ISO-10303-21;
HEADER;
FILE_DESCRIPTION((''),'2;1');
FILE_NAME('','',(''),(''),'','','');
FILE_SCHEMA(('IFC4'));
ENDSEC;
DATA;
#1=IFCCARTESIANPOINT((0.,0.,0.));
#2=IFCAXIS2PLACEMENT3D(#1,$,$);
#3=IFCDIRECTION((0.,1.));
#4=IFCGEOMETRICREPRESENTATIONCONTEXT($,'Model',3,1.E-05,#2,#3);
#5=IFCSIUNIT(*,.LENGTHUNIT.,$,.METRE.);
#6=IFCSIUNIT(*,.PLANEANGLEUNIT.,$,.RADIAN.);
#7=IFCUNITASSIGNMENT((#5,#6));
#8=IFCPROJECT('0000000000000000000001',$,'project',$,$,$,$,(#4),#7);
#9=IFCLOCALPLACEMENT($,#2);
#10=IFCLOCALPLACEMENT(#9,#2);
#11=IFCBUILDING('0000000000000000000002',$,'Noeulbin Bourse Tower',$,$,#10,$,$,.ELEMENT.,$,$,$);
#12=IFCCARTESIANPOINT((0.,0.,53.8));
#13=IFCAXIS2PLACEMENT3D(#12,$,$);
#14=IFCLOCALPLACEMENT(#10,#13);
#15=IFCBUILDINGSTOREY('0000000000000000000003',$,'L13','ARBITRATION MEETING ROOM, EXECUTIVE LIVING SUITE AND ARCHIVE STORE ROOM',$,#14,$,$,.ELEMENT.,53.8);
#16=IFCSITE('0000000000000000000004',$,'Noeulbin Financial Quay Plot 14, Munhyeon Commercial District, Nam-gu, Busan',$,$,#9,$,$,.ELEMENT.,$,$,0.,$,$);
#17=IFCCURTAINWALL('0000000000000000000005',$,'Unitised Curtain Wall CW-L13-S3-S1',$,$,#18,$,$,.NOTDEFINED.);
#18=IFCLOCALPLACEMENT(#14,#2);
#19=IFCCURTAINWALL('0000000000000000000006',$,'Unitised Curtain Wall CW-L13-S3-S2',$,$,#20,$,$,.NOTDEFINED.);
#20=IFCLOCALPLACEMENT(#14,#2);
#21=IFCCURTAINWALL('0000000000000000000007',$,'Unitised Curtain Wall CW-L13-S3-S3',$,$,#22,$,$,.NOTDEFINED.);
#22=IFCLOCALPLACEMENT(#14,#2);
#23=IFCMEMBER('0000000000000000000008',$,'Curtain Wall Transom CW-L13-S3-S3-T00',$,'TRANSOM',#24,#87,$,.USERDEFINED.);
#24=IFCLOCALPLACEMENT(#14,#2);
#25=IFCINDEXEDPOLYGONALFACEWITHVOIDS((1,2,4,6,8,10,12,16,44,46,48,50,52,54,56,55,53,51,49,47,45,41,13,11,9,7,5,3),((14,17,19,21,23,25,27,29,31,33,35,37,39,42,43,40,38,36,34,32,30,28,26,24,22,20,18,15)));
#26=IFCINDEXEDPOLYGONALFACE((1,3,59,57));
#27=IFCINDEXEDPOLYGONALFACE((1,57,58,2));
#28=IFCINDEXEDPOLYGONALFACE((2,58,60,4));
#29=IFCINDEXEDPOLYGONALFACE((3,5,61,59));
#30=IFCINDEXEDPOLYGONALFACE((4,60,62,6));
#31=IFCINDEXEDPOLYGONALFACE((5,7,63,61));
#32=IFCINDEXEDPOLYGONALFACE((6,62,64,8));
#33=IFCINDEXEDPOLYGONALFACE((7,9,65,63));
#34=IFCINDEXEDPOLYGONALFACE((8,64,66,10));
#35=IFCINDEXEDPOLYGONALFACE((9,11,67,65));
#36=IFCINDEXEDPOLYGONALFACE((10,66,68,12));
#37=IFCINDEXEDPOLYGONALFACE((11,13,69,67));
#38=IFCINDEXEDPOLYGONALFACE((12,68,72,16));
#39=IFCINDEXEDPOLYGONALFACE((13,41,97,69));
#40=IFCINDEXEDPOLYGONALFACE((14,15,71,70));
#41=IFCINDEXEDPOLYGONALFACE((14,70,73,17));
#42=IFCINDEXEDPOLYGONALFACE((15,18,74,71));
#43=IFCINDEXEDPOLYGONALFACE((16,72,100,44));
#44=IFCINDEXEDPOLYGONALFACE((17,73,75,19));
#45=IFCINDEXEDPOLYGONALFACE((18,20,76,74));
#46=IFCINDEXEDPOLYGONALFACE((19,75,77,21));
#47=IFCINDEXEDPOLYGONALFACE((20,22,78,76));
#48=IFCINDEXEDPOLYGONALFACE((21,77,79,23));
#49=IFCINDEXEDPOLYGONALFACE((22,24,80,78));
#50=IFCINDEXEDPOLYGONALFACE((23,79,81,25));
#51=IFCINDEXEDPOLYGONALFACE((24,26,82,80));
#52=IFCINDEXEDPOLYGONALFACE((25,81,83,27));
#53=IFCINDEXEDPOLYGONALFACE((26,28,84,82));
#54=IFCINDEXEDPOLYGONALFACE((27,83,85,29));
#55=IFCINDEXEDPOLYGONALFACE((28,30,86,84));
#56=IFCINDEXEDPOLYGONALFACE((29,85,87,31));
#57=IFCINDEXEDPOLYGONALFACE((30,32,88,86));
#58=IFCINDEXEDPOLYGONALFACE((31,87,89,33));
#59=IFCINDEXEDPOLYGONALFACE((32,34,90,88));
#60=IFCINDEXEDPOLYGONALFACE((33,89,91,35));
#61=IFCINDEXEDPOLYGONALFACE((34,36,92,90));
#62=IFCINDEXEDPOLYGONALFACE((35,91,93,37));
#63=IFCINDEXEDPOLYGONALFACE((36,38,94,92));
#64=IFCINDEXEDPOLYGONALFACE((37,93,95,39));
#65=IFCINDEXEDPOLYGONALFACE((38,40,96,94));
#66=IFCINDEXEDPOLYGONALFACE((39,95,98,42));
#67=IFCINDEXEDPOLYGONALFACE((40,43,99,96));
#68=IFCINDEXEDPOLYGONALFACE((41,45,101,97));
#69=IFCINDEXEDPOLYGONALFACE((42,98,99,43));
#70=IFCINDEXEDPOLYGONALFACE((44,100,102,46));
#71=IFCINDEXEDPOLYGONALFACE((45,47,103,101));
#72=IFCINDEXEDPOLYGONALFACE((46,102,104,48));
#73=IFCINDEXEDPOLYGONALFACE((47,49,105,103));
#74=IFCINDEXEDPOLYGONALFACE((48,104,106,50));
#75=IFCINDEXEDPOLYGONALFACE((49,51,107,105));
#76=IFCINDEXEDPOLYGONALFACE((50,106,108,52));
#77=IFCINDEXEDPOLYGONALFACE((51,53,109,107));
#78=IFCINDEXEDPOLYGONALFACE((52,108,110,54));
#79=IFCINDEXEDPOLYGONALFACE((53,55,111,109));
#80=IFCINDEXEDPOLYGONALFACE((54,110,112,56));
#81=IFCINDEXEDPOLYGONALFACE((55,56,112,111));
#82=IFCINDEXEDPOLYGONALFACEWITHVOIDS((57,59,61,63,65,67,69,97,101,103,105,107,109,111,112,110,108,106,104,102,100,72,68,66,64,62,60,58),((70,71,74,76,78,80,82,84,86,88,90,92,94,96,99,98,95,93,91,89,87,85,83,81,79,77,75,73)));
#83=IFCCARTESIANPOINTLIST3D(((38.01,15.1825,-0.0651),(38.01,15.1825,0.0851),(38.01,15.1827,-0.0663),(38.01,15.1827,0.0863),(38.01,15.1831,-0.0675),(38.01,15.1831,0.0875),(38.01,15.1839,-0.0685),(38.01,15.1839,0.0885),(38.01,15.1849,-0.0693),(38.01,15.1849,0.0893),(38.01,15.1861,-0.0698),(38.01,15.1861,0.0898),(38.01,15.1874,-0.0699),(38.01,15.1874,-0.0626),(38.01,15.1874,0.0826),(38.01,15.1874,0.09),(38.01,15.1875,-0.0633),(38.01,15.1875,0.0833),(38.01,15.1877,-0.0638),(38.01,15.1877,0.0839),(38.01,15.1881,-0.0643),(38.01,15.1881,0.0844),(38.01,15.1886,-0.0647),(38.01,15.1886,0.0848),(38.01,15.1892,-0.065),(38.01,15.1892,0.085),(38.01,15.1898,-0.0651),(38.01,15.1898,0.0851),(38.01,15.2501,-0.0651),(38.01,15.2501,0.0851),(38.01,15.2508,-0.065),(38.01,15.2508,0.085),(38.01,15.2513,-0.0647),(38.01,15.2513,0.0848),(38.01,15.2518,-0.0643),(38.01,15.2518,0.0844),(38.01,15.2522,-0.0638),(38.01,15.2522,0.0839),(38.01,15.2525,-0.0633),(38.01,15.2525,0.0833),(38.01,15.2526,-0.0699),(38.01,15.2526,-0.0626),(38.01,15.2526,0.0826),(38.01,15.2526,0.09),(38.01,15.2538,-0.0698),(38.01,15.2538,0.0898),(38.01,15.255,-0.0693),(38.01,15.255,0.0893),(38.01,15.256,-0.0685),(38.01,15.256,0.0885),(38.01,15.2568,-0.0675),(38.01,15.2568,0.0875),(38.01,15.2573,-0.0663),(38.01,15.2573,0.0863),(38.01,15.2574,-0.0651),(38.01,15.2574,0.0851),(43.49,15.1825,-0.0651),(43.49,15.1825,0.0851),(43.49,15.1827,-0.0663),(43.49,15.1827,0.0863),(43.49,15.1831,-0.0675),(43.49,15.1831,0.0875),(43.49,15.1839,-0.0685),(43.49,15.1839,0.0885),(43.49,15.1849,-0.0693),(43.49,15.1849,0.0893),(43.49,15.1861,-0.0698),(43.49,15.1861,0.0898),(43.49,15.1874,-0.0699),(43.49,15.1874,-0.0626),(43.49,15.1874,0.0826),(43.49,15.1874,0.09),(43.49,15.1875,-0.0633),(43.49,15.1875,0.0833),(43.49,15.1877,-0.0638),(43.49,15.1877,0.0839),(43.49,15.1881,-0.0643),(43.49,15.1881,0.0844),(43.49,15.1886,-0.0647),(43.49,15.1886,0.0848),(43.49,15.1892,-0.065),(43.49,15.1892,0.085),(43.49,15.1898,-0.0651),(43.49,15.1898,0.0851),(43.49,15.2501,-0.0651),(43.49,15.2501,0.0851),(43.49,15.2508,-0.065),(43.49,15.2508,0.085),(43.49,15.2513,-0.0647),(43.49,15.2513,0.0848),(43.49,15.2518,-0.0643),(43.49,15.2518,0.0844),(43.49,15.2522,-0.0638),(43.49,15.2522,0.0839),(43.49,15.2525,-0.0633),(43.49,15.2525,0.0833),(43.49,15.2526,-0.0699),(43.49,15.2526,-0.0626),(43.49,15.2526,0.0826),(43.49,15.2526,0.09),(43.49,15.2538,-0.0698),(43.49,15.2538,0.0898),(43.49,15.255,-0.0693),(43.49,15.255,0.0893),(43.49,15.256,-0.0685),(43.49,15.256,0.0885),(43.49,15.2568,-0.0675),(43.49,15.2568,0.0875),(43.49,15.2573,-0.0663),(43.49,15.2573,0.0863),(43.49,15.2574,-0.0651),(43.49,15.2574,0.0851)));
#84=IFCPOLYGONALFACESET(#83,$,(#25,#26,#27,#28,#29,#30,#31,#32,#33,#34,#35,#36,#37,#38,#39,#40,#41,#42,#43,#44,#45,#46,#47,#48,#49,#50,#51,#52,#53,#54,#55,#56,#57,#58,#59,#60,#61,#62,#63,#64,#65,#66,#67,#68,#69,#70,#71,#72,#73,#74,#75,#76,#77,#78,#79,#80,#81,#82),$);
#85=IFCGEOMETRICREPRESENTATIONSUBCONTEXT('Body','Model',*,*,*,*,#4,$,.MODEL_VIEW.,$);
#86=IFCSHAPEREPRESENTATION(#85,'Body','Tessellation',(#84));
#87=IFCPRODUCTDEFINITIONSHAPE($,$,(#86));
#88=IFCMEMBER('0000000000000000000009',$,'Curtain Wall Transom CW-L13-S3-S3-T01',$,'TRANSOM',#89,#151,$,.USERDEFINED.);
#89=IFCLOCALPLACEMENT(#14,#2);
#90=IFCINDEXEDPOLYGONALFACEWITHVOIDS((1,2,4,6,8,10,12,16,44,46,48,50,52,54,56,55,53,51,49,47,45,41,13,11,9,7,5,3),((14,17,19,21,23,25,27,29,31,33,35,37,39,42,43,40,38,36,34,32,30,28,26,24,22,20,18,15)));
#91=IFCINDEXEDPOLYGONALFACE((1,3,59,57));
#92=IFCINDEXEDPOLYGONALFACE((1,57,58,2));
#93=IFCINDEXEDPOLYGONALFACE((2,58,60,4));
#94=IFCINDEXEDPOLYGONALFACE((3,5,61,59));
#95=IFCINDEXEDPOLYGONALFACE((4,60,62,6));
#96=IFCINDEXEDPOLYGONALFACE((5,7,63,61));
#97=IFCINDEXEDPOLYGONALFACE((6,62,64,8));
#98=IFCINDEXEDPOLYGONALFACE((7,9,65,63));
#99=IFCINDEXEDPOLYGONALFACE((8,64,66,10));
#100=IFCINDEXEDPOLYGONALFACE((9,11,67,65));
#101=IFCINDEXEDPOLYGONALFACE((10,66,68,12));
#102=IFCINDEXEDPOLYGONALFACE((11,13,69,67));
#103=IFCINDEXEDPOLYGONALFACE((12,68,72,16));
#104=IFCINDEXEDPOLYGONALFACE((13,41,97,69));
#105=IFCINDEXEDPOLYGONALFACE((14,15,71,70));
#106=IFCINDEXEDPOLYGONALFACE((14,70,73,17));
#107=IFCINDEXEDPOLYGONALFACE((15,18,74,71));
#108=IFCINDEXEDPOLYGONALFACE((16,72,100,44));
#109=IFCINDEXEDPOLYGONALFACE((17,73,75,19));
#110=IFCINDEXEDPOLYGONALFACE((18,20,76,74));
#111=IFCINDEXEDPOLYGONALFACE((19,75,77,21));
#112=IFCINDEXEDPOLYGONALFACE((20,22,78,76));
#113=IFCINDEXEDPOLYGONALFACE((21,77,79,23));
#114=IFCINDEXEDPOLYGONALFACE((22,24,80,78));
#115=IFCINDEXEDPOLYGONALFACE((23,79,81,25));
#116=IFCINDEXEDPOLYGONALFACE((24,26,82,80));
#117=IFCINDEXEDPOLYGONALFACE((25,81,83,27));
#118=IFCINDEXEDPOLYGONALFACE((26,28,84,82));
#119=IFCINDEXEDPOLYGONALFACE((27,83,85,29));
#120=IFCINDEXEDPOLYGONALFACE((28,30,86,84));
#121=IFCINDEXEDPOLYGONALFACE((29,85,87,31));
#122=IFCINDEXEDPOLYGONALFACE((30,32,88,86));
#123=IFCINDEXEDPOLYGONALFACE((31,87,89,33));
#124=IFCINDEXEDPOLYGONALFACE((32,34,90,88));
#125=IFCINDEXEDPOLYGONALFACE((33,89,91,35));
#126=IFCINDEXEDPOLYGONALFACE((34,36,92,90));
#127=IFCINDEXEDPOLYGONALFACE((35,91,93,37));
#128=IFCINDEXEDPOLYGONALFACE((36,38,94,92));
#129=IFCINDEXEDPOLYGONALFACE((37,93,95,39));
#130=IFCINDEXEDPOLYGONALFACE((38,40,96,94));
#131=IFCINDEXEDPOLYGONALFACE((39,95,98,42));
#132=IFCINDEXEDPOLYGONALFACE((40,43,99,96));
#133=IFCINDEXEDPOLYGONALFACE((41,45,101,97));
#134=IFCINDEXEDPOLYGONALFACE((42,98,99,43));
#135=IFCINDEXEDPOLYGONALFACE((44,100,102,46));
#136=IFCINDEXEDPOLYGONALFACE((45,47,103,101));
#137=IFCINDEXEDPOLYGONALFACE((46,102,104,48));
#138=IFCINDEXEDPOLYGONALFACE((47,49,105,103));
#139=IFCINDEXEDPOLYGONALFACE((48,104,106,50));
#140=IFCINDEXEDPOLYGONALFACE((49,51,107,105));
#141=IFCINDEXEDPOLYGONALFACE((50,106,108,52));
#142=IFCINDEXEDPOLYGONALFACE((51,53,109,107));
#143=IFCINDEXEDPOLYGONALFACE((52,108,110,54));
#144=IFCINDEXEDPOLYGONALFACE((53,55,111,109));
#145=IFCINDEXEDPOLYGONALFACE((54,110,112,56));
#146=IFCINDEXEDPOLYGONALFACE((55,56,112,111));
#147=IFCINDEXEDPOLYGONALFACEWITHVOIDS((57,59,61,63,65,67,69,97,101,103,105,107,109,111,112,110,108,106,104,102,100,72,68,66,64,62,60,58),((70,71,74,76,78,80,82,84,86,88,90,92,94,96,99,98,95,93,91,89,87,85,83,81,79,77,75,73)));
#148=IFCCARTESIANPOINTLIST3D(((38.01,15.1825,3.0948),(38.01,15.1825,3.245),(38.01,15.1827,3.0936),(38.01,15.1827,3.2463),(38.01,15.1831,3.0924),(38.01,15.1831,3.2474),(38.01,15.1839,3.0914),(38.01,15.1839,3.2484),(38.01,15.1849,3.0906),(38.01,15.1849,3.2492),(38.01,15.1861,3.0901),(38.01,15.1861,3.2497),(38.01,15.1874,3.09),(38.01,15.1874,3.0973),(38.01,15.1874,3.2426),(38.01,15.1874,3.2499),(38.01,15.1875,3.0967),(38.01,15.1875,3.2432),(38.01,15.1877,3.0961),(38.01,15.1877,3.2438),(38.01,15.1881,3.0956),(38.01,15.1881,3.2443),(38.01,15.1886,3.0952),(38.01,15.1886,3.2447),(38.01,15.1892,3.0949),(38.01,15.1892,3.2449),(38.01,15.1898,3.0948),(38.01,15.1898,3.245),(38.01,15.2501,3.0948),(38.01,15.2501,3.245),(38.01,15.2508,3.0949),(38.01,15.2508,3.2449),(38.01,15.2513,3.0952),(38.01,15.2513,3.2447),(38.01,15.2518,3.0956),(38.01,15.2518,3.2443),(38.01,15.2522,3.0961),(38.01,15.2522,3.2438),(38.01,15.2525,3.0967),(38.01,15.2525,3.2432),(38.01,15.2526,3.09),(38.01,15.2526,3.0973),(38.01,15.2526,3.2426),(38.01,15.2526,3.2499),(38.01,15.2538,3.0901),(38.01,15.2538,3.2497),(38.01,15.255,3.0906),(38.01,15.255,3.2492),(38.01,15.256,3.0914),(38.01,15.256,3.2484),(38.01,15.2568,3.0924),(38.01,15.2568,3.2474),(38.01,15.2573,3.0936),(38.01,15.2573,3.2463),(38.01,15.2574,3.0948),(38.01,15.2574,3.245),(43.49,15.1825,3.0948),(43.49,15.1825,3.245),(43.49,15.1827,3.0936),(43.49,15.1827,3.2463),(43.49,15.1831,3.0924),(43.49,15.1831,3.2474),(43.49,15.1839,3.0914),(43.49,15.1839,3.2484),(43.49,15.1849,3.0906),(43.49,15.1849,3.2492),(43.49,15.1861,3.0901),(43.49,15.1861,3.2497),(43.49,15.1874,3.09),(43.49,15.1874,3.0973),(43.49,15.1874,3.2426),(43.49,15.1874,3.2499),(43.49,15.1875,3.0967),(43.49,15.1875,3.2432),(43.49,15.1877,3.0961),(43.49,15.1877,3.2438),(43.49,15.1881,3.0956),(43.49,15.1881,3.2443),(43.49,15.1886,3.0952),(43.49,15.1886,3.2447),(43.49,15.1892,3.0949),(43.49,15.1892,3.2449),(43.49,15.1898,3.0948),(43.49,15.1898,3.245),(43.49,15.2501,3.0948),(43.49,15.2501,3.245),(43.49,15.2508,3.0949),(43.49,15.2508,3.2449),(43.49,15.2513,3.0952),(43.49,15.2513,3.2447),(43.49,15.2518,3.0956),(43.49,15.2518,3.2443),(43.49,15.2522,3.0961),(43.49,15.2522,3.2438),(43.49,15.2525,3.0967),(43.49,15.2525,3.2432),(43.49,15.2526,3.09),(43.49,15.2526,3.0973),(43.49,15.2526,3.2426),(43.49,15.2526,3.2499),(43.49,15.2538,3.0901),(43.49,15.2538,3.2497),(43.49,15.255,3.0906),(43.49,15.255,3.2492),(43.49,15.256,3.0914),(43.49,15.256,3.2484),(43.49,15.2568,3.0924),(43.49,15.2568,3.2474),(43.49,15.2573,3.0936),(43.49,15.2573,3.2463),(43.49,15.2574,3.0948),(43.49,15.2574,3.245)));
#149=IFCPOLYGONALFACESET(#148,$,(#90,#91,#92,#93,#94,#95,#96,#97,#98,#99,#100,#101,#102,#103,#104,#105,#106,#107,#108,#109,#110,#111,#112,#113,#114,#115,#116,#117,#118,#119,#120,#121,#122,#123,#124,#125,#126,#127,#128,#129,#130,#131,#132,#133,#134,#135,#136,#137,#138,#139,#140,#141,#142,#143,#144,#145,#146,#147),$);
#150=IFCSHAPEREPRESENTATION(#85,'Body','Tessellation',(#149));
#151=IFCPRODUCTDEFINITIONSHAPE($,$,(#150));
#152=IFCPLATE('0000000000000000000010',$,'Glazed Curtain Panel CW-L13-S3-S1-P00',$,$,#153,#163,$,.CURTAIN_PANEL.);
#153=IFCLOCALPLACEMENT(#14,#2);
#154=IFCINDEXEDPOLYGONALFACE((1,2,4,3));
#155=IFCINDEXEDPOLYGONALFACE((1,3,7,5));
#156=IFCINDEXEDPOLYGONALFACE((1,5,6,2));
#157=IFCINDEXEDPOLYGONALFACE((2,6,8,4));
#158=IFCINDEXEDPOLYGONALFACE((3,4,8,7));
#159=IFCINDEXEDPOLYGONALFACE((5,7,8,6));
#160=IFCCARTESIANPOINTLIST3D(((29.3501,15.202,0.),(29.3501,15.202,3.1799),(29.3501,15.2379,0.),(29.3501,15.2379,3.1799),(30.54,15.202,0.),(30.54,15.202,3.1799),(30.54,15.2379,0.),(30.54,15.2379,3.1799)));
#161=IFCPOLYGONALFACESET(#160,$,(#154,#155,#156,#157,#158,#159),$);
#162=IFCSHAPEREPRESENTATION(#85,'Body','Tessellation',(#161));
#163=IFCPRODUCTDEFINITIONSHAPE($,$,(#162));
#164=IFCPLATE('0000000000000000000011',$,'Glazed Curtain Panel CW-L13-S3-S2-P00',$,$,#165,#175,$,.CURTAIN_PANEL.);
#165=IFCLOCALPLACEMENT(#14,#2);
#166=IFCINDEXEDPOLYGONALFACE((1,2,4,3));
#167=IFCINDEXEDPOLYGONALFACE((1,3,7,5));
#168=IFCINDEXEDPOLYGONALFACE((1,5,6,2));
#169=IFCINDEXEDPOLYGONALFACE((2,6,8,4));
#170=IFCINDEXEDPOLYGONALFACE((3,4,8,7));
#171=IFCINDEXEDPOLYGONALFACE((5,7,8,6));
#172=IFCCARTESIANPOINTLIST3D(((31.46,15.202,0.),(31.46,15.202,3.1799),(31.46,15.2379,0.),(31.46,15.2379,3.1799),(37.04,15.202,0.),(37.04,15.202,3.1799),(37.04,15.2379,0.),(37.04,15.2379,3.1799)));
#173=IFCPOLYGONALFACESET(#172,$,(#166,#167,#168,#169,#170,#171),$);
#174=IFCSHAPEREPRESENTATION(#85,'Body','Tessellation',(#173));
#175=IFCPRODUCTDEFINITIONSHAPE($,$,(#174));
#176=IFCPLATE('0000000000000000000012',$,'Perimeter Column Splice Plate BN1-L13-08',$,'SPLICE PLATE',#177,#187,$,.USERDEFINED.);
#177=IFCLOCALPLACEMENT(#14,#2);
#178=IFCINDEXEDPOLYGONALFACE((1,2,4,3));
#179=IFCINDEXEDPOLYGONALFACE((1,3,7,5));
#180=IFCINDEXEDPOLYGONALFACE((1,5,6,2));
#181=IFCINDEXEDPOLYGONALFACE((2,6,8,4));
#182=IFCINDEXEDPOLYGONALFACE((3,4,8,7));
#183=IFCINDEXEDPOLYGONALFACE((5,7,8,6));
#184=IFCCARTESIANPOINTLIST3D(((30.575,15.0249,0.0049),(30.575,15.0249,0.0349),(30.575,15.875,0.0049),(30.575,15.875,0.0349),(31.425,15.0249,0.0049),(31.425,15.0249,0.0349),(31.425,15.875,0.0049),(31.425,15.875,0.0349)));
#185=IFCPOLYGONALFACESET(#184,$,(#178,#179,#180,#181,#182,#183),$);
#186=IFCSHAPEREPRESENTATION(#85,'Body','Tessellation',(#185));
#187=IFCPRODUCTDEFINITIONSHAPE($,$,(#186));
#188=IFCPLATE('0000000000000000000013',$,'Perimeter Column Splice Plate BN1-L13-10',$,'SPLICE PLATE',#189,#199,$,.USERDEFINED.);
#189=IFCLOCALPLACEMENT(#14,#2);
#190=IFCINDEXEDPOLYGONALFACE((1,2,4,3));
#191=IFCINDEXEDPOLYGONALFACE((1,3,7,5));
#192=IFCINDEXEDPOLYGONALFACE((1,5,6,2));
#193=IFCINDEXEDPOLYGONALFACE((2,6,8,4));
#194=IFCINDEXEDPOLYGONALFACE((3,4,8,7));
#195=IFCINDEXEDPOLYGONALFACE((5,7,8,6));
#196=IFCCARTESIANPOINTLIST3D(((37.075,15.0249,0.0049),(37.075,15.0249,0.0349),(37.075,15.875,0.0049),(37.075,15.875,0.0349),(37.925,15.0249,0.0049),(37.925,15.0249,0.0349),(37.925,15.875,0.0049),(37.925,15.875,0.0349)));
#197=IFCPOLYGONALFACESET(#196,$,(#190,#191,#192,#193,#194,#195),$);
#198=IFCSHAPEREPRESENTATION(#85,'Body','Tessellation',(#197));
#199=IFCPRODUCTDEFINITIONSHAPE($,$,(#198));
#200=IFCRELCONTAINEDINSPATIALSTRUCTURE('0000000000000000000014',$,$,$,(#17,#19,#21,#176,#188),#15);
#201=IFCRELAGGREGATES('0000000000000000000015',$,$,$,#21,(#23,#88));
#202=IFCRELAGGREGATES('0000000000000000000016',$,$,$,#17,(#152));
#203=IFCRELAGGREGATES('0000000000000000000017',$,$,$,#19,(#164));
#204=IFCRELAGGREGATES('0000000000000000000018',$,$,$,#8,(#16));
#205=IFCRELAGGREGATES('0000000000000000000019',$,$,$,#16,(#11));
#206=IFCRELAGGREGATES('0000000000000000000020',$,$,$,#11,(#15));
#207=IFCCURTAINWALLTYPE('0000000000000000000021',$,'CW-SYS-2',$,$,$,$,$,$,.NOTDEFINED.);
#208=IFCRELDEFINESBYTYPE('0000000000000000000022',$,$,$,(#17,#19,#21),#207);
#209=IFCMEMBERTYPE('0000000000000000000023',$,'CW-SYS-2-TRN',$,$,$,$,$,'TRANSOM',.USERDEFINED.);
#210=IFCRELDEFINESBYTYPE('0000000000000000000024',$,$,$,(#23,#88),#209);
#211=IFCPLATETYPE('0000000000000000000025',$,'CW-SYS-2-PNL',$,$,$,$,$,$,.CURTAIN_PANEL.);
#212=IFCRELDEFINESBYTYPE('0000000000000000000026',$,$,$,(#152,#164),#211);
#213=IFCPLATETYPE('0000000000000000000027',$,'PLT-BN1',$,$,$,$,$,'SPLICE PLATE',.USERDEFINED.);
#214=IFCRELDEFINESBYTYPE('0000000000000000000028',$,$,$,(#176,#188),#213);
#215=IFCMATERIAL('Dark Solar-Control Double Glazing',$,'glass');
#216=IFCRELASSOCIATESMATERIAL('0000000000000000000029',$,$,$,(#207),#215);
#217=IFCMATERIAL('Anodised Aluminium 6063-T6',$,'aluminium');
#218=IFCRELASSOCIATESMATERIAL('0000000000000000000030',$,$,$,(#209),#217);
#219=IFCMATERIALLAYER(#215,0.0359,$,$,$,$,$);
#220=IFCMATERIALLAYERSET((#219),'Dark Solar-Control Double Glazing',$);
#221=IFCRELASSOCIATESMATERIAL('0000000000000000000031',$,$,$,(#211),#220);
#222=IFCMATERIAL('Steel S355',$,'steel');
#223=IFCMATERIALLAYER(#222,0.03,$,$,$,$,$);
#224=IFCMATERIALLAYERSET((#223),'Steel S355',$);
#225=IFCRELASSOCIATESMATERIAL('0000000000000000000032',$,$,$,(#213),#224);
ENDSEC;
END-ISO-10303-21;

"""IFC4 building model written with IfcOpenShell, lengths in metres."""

from ifc_helpers import new_model, si_unit, direction, frame, origin, origin_2d, place, context, subcontext, project, spatial, rectangle, hollow_rectangle, extrude, material, layer, layer_set, material_profile, profile_set, type_object, element, aggregate, save


model = new_model("IFC4")

# Units and contexts
model_context = context("Model", 3, precision=1e-05, world=origin(), true_north=direction((0.0, 1.0)))
body_context = subcontext(model_context, "Body", "Model", "MODEL_VIEW")
ifc_project = project(units=[si_unit("LENGTHUNIT", "METRE"), si_unit("PLANEANGLEUNIT", "RADIAN")], contexts=[model_context])

# Site, building, storey
site_placement = place(None, origin())
site = spatial("IfcSite", under=ifc_project, at=site_placement, Name="Noeulbin Financial Quay Plot 14, Munhyeon Commercial District, Nam-gu, Busan", CompositionType="ELEMENT", RefElevation=0.0)
building_placement = place(site_placement, origin())
building = spatial("IfcBuilding", under=site, at=building_placement, Name="Noeulbin Bourse Tower", CompositionType="ELEMENT")
storey_placement = place(building_placement, frame((0.0, 0.0, 53.8)))
storey = spatial("IfcBuildingStorey", under=building, at=storey_placement, Name="L13", Description="ARBITRATION MEETING ROOM, EXECUTIVE LIVING SUITE AND ARCHIVE STORE ROOM", CompositionType="ELEMENT", Elevation=53.8)

# Shared definitions
ifc_material_1 = material(Name="Steel S355", Category="steel")

# Curtain walls
ifc_material_2 = material(Name="Dark Solar-Control Double Glazing", Category="glass")
curtain_wall_type = type_object("IfcCurtainWallType", Name="CW-SYS-2", PredefinedType="NOTDEFINED", material=ifc_material_2)
curtain_wall_1_placement = place(storey_placement, origin())
curtain_wall_1 = element("IfcCurtainWall", 1, at=curtain_wall_1_placement, inside=storey, type_object=curtain_wall_type, Name="Unitised Curtain Wall CW-L13-S3-S1", PredefinedType="NOTDEFINED")
ifc_material_3 = material(Name="Anodised Aluminium 6063-T6", Category="aluminium")
curtain_wall_2_placement = place(storey_placement, origin())
curtain_wall_2 = element("IfcCurtainWall", 2, at=curtain_wall_2_placement, inside=storey, type_object=curtain_wall_type, Name="Unitised Curtain Wall CW-L13-S3-S2", PredefinedType="NOTDEFINED")

# Curtain wall
curtain_wall_3_placement = place(storey_placement, origin())
curtain_wall_3 = element("IfcCurtainWall", 3, at=curtain_wall_3_placement, inside=storey, type_object=curtain_wall_type, Name="Unitised Curtain Wall CW-L13-S3-S3", PredefinedType="NOTDEFINED")

# Members
ifc_material_profile_1 = material_profile(ifc_material_3, hollow_rectangle(XDim=0.075, YDim=0.1599, WallThickness=0.0049, InnerFilletRadius=0.0024, OuterFilletRadius=0.0049, at=origin_2d()), Name="ALU-TRAN-75x160x5", Category="LoadBearing")
ifc_profile_set_1 = profile_set([ifc_material_profile_1], Name="Anodised Aluminium 6063-T6")
member_type_1 = type_object("IfcMemberType", Name="CW-SYS-2-TRN", ElementType="TRANSOM", PredefinedType="USERDEFINED", material=ifc_profile_set_1)
member_1_placement = place(storey_placement, frame((38.01, 15.22, 0.01), z_axis=(1.0, 0.0, 0.0), x_axis=(0.0, 1.0, 0.0)))
member_1 = element("IfcMember", 4, at=member_1_placement, type_object=member_type_1, Name="Curtain Wall Transom CW-L13-S3-S3-T00", ObjectType="TRANSOM", PredefinedType="USERDEFINED", context=body_context, shape_type="SweptSolid", body=[
    extrude(hollow_rectangle(XDim=0.075, YDim=0.1599, WallThickness=0.0049, InnerFilletRadius=0.0024, OuterFilletRadius=0.0049, at=origin_2d()), origin(), (0.0, 0.0, 1.0), 5.48),
])
member_2_placement = place(storey_placement, frame((38.01, 15.22, 3.1699), z_axis=(1.0, 0.0, 0.0), x_axis=(0.0, 1.0, 0.0)))
member_2 = element("IfcMember", 5, at=member_2_placement, type_object=member_type_1, Name="Curtain Wall Transom CW-L13-S3-S3-T01", ObjectType="TRANSOM", PredefinedType="USERDEFINED", context=body_context, shape_type="SweptSolid", body=[
    extrude(hollow_rectangle(XDim=0.075, YDim=0.1599, WallThickness=0.0049, InnerFilletRadius=0.0024, OuterFilletRadius=0.0049, at=origin_2d()), origin(), (0.0, 0.0, 1.0), 5.48),
])
aggregate(curtain_wall_3, [member_1, member_2])

# Plates
ifc_layer_1 = layer(ifc_material_2, 0.0359)
ifc_layer_set_1 = layer_set([ifc_layer_1], Name="Dark Solar-Control Double Glazing")
plate_type_1 = type_object("IfcPlateType", Name="CW-SYS-2-PNL", PredefinedType="CURTAIN_PANEL", material=ifc_layer_set_1)
plate_1_placement = place(storey_placement, frame((29.9451, 15.22, 0.0), z_axis=(0.0, 0.0, 1.0), x_axis=(1.0, 0.0, 0.0)))
plate_1 = element("IfcPlate", 6, at=plate_1_placement, type_object=plate_type_1, Name="Glazed Curtain Panel CW-L13-S3-S1-P00", PredefinedType="CURTAIN_PANEL", context=body_context, shape_type="SweptSolid", body=[
    extrude(rectangle(XDim=1.1899, YDim=0.0359, at=origin_2d()), origin(), (0.0, 0.0, 1.0), 3.1799),
])
aggregate(curtain_wall_1, [plate_1])
plate_2_placement = place(storey_placement, frame((34.25, 15.22, 0.0), z_axis=(0.0, 0.0, 1.0), x_axis=(1.0, 0.0, 0.0)))
plate_2 = element("IfcPlate", 7, at=plate_2_placement, type_object=plate_type_1, Name="Glazed Curtain Panel CW-L13-S3-S2-P00", PredefinedType="CURTAIN_PANEL", context=body_context, shape_type="SweptSolid", body=[
    extrude(rectangle(XDim=5.5801, YDim=0.0359, at=origin_2d()), origin(), (0.0, 0.0, 1.0), 3.1799),
])
aggregate(curtain_wall_2, [plate_2])

# Plates
ifc_layer_2 = layer(ifc_material_1, 0.03)
ifc_layer_set_2 = layer_set([ifc_layer_2], Name="Steel S355")
plate_type_2 = type_object("IfcPlateType", Name="PLT-BN1", ElementType="SPLICE PLATE", PredefinedType="USERDEFINED", material=ifc_layer_set_2)
for number, where, z_axis, x_axis, name in (
    (8, (31.0, 15.45, 0.0049), (0.0, 0.0, 1.0), (1.0, 0.0, 0.0), "Perimeter Column Splice Plate BN1-L13-08"),
    (9, (37.5, 15.45, 0.0049), (0.0, 0.0, 1.0), (1.0, 0.0, 0.0), "Perimeter Column Splice Plate BN1-L13-10"),
):
    element("IfcPlate", number, at=place(storey_placement, frame(where, z_axis=z_axis, x_axis=x_axis)), inside=storey, type_object=plate_type_2, Name=name, ObjectType="SPLICE PLATE", PredefinedType="USERDEFINED", context=body_context, shape_type="SweptSolid", body=[
        extrude(rectangle(XDim=0.8501, YDim=0.8501, at=origin_2d()), origin(), (0.0, 0.0, 1.0), 0.03),
    ])

save(model, "model.ifc")
